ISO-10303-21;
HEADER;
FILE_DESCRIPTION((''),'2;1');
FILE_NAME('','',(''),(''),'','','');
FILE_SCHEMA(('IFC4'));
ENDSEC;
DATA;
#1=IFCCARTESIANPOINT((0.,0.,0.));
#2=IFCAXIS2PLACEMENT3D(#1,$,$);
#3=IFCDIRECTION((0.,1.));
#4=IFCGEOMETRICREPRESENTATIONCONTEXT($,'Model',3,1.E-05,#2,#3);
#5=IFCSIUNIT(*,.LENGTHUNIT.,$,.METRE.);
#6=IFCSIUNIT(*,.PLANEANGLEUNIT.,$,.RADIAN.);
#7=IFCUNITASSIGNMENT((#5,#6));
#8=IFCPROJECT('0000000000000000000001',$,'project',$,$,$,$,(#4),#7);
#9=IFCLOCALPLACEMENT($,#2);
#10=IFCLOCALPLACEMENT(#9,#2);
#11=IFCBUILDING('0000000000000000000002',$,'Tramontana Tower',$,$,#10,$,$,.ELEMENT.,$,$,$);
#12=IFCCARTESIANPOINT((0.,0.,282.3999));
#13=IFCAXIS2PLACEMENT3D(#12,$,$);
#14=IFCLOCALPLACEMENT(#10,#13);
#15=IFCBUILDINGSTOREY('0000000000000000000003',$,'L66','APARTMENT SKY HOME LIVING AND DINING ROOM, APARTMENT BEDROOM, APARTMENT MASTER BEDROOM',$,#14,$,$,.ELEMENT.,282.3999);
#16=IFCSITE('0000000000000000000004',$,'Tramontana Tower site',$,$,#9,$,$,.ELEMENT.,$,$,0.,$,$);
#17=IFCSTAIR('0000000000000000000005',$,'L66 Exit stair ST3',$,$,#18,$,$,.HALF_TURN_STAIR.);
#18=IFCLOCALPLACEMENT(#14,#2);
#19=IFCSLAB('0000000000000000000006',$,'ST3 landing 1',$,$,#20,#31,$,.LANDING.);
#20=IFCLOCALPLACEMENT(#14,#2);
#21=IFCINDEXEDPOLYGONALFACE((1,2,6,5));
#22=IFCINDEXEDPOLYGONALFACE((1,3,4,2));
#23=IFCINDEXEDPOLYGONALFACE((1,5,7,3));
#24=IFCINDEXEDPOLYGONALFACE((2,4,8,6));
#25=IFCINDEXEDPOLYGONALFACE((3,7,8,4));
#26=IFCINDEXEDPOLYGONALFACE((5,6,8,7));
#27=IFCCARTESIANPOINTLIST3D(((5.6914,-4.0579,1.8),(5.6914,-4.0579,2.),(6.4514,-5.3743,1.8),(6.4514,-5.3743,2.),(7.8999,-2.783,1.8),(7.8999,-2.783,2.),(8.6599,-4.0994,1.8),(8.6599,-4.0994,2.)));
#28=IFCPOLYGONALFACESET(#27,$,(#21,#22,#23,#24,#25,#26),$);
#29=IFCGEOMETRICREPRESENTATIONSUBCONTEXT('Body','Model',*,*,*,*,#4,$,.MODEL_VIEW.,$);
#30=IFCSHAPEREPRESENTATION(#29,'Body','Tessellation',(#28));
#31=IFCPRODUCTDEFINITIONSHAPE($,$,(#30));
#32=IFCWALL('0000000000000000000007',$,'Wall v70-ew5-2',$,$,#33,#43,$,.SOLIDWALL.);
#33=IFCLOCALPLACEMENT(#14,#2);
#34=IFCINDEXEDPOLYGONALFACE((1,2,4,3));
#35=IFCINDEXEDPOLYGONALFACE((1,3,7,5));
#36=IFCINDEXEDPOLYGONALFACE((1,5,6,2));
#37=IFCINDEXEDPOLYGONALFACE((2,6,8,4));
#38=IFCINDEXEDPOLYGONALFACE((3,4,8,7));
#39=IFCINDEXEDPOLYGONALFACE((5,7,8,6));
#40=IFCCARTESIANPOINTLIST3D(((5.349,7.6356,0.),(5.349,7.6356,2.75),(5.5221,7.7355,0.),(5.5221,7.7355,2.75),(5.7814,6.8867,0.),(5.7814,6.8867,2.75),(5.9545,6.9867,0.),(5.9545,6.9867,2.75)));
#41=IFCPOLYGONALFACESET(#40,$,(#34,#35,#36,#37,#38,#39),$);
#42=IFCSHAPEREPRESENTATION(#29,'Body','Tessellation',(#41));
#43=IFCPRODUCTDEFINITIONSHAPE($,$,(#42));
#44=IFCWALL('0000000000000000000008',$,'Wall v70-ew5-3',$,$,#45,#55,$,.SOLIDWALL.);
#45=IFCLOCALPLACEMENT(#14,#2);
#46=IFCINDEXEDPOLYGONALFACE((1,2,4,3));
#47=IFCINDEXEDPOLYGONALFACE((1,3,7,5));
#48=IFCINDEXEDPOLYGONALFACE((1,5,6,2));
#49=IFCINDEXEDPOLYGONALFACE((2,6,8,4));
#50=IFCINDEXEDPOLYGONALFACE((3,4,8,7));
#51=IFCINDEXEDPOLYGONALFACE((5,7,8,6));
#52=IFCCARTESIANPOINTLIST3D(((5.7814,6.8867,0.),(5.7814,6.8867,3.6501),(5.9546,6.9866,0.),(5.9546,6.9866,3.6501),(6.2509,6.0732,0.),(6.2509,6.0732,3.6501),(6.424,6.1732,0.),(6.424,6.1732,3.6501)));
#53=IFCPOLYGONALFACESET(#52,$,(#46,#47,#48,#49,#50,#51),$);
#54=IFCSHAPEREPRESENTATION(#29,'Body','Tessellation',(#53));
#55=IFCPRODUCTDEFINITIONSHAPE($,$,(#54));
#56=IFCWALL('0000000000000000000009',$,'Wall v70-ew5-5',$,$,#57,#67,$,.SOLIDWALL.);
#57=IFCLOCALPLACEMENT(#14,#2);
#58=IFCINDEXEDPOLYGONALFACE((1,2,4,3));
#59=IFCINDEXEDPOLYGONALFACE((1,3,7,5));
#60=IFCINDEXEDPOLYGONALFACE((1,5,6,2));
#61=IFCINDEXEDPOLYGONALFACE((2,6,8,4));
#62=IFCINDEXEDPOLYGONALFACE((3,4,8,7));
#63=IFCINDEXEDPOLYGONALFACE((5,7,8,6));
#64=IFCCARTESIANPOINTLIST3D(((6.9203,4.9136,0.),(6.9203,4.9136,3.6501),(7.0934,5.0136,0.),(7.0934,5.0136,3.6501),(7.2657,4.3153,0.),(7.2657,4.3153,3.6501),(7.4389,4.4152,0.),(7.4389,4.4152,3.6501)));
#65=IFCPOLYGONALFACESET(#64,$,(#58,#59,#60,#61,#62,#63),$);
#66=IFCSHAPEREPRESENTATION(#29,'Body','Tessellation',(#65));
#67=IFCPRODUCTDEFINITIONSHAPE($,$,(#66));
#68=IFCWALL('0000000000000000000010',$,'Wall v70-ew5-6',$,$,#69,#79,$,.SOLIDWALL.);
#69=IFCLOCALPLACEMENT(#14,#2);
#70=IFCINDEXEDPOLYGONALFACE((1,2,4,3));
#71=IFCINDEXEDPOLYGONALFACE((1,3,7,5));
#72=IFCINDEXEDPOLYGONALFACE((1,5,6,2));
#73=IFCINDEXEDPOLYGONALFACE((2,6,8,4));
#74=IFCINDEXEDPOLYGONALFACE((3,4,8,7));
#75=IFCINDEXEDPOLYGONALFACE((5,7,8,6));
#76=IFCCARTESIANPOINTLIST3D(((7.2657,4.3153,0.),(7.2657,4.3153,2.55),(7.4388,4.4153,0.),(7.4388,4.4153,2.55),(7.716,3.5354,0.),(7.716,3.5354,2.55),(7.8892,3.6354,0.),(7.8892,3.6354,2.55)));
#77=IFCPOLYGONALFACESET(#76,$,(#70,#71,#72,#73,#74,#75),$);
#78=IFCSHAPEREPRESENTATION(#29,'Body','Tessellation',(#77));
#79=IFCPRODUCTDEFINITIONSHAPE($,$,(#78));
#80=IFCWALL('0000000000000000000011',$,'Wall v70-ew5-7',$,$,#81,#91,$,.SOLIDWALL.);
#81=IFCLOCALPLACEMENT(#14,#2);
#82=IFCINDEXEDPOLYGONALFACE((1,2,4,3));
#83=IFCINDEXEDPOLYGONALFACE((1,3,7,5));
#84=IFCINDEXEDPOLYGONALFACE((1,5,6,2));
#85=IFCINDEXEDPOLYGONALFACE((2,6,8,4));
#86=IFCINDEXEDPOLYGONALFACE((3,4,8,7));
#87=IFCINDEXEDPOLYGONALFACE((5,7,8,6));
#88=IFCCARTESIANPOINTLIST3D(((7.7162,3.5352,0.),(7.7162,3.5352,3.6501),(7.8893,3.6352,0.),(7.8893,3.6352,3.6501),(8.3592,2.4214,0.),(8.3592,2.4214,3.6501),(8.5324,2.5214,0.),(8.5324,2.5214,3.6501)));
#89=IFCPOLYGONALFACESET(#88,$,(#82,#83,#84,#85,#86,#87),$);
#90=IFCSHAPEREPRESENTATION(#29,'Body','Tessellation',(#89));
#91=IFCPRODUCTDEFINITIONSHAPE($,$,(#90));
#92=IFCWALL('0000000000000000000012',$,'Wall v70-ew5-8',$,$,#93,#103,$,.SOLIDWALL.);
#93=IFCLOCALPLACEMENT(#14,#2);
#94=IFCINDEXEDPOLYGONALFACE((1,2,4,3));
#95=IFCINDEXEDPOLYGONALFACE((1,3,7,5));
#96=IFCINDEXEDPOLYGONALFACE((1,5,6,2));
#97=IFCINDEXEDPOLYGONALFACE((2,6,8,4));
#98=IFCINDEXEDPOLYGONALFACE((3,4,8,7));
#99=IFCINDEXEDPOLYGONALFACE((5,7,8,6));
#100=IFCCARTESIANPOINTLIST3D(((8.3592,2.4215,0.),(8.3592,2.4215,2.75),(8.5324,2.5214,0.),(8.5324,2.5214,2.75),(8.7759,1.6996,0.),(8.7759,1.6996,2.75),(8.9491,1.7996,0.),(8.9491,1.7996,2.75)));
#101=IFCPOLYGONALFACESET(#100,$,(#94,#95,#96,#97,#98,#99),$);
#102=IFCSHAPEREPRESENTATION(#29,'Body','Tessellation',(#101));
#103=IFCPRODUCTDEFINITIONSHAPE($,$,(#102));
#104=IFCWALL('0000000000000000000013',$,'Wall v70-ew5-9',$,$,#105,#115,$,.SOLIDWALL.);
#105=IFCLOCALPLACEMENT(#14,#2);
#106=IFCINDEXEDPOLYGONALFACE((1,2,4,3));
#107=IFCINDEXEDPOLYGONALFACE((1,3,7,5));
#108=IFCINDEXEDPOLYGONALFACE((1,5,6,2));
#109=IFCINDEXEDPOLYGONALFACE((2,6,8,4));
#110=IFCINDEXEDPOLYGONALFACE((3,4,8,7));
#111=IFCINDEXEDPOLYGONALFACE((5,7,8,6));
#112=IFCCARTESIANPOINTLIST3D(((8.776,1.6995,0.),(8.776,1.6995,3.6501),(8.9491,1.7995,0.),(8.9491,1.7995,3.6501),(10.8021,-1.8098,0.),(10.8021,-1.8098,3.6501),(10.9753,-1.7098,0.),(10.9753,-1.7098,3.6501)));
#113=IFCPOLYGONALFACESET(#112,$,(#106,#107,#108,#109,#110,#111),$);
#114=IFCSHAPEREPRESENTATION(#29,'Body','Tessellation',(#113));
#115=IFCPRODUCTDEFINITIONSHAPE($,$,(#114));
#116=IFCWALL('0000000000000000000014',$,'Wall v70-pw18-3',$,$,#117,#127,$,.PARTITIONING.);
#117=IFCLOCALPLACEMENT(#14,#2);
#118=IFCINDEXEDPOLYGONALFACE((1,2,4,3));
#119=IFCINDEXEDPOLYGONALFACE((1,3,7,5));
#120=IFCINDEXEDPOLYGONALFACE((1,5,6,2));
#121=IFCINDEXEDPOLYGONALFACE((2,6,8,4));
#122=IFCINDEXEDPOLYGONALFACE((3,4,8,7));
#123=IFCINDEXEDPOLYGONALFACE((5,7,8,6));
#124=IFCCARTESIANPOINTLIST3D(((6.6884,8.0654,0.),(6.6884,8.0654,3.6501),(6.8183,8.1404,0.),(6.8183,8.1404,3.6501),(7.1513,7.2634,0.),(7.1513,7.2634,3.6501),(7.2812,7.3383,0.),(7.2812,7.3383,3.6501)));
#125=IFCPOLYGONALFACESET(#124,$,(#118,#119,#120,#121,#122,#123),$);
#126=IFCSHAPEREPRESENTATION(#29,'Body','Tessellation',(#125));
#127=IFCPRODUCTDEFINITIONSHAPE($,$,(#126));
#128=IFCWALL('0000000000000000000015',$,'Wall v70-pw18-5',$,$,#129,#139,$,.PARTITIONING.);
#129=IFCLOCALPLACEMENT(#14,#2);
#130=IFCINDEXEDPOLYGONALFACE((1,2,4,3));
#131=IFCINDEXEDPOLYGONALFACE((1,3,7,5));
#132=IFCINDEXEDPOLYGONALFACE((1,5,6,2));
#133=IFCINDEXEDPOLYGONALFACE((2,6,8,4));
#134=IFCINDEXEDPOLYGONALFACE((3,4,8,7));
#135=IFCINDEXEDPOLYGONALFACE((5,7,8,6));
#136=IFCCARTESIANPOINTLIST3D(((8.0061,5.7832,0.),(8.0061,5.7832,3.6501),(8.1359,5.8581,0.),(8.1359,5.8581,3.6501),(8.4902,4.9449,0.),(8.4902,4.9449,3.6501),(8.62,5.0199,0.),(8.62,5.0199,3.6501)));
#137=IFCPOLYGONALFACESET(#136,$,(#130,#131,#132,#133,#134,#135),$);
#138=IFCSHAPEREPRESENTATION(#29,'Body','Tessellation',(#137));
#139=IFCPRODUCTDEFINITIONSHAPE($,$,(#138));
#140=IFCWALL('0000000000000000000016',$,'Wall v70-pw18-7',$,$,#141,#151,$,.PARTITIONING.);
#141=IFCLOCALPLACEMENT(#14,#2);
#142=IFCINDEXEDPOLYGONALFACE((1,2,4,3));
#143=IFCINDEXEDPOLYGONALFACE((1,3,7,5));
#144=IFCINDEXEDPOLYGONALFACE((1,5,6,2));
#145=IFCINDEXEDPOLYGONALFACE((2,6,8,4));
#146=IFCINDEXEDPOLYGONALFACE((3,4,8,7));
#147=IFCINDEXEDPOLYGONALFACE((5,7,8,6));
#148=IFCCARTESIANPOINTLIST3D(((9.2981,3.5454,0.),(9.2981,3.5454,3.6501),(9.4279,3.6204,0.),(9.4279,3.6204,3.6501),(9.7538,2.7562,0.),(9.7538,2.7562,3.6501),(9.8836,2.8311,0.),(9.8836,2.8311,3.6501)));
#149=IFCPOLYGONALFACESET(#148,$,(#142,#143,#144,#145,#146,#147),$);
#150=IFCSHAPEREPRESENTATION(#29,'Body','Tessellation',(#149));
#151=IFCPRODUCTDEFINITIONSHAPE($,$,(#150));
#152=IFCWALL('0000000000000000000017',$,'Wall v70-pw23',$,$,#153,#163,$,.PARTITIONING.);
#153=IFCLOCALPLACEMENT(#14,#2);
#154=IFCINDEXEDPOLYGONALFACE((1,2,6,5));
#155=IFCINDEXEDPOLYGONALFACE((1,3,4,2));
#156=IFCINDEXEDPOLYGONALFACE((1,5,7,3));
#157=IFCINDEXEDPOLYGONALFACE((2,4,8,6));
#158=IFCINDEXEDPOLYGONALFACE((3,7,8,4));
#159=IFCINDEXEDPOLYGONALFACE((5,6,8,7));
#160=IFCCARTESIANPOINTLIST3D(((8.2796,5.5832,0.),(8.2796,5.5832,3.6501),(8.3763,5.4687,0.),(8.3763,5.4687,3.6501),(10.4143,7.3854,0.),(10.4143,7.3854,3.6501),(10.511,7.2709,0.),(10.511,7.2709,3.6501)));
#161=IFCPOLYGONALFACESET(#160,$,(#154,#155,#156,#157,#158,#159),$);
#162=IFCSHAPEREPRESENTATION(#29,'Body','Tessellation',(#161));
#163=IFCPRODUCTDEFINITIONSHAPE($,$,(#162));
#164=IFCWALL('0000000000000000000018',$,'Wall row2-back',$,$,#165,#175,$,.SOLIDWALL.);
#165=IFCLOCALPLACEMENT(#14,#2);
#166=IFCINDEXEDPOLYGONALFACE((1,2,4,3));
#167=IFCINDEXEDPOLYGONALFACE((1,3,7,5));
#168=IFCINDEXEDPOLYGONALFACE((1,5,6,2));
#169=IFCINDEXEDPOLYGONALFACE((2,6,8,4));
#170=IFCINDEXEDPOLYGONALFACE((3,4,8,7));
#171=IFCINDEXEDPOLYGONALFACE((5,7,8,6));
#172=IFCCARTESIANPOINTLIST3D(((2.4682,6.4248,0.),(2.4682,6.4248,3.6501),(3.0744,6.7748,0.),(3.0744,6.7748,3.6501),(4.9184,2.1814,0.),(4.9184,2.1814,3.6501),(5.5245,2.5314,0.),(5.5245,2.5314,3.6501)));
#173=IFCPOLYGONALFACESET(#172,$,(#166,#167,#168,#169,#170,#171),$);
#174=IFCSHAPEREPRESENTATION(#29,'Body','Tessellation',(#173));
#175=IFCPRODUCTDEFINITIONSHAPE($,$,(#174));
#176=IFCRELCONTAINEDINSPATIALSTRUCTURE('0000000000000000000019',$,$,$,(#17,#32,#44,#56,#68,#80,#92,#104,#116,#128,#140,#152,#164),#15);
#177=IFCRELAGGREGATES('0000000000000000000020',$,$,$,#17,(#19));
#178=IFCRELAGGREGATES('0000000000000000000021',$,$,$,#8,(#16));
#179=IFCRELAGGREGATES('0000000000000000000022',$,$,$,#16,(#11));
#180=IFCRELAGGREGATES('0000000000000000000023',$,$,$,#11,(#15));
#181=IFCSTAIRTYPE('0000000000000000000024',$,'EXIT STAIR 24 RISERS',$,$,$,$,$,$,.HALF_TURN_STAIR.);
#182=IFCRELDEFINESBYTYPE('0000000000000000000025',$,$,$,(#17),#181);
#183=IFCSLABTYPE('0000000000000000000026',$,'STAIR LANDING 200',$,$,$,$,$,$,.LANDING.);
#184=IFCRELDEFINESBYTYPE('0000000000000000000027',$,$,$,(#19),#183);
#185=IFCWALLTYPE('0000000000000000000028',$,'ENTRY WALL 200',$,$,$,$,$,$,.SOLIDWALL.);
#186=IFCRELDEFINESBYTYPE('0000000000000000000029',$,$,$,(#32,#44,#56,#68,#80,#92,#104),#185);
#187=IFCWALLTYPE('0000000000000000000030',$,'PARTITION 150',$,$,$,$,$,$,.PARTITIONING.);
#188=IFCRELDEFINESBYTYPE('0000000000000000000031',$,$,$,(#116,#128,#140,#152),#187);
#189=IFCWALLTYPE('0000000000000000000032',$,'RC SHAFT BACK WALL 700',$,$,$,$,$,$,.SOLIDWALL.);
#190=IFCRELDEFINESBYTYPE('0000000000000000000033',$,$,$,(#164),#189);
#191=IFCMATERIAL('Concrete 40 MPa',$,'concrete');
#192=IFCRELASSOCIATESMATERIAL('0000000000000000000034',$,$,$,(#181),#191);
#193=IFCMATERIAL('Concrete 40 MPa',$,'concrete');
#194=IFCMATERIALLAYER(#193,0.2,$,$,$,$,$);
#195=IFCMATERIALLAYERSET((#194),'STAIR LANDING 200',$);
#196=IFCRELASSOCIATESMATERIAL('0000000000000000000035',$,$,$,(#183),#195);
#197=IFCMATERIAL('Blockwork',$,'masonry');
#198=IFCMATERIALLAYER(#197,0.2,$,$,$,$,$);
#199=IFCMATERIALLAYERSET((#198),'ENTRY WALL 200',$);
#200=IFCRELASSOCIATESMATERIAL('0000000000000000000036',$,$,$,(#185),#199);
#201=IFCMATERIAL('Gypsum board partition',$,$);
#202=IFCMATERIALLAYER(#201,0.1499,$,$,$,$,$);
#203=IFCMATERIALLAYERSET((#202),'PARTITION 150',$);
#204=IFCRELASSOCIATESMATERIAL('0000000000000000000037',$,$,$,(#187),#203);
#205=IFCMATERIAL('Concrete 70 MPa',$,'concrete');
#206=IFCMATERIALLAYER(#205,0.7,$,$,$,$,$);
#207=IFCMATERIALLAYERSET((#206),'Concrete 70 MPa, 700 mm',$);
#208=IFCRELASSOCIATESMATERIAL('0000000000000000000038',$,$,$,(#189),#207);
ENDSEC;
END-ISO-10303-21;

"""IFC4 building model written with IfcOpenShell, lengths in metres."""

from ifc_helpers import new_model, si_unit, direction, frame, frame_2d, origin, place, context, subcontext, project, spatial, polyline, rectangle, outline, extrude, material, layer, layer_set, type_object, element, aggregate, save


model = new_model("IFC4")

# Units and contexts
model_context = context("Model", 3, precision=1e-05, world=origin(), true_north=direction((0.0, 1.0)))
body_context = subcontext(model_context, "Body", "Model", "MODEL_VIEW")
ifc_project = project(units=[si_unit("LENGTHUNIT", "METRE"), si_unit("PLANEANGLEUNIT", "RADIAN")], contexts=[model_context])

# Site, building, storey
site_placement = place(None, origin())
site = spatial("IfcSite", under=ifc_project, at=site_placement, Name="Tramontana Tower site", CompositionType="ELEMENT", RefElevation=0.0)
building_placement = place(site_placement, origin())
building = spatial("IfcBuilding", under=site, at=building_placement, Name="Tramontana Tower", CompositionType="ELEMENT")
storey_placement = place(building_placement, frame((0.0, 0.0, 282.3999)))
storey = spatial("IfcBuildingStorey", under=building, at=storey_placement, Name="L66", Description="APARTMENT SKY HOME LIVING AND DINING ROOM, APARTMENT BEDROOM, APARTMENT MASTER BEDROOM", CompositionType="ELEMENT", Elevation=282.3999)

# Stair, slab
ifc_material_1 = material(Name="Concrete 40 MPa", Category="concrete")
stair_type = type_object("IfcStairType", Name="EXIT STAIR 24 RISERS", PredefinedType="HALF_TURN_STAIR", material=ifc_material_1)
stair_placement = place(storey_placement, origin())
stair = element("IfcStair", 1, at=stair_placement, inside=storey, type_object=stair_type, Name="L66 Exit stair ST3", PredefinedType="HALF_TURN_STAIR")
ifc_material_2 = material(Name="Concrete 40 MPa", Category="concrete")
ifc_layer_1 = layer(ifc_material_2, 0.2)
ifc_layer_set_1 = layer_set([ifc_layer_1], Name="STAIR LANDING 200")
slab_type = type_object("IfcSlabType", Name="STAIR LANDING 200", PredefinedType="LANDING", material=ifc_layer_set_1)
slab_placement = place(storey_placement, frame((0.0, 0.0, 1.8)))
slab = element("IfcSlab", 2, at=slab_placement, type_object=slab_type, Name="ST3 landing 1", PredefinedType="LANDING", context=body_context, shape_type="SweptSolid", body=[
    extrude(outline(polyline([(5.6914, -4.0579), (6.4514, -5.3743), (8.6599, -4.0994), (7.8999, -2.783), (5.6914, -4.0579)])), origin(), (0.0, 0.0, 1.0), 0.2),
])
aggregate(stair, [slab])

# Walls
ifc_material_3 = material(Name="Blockwork", Category="masonry")
ifc_layer_2 = layer(ifc_material_3, 0.2)
ifc_layer_set_2 = layer_set([ifc_layer_2], Name="ENTRY WALL 200")
wall_type_1 = type_object("IfcWallType", Name="ENTRY WALL 200", PredefinedType="SOLIDWALL", material=ifc_layer_set_2)
wall_1_placement = place(storey_placement, frame((5.4355, 7.6855, 0.0), z_axis=(0.0, 0.0, 1.0), x_axis=(0.500056, -0.865993, 0.0)))
element("IfcWall", 3, at=wall_1_placement, inside=storey, type_object=wall_type_1, Name="Wall v70-ew5-2", PredefinedType="SOLIDWALL", context=body_context, shape_type="SweptSolid", body=[
    extrude(rectangle(XDim=0.8647, YDim=0.2, at=frame_2d((0.4324, 0.0))), origin(), (0.0, 0.0, 1.0), 2.75),
])
wall_2_placement = place(storey_placement, frame((5.8679, 6.9368, 0.0), z_axis=(0.0, 0.0, 1.0), x_axis=(0.499857, -0.866108, 0.0)))
element("IfcWall", 4, at=wall_2_placement, inside=storey, type_object=wall_type_1, Name="Wall v70-ew5-3", PredefinedType="SOLIDWALL", context=body_context, shape_type="SweptSolid", body=[
    extrude(rectangle(XDim=0.9392, YDim=0.2, at=frame_2d((0.4697, 0.0))), origin(), (0.0, 0.0, 1.0), 3.6501),
])

# Walls
wall_3_placement = place(storey_placement, frame((7.0068, 4.9636, 0.0), z_axis=(0.0, 0.0, 1.0), x_axis=(0.499977, -0.866038, 0.0)))
element("IfcWall", 5, at=wall_3_placement, inside=storey, type_object=wall_type_1, Name="Wall v70-ew5-5", PredefinedType="SOLIDWALL", context=body_context, shape_type="SweptSolid", body=[
    extrude(rectangle(XDim=0.6909, YDim=0.2, at=frame_2d((0.3455, 0.0))), origin(), (0.0, 0.0, 1.0), 3.6501),
])
wall_4_placement = place(storey_placement, frame((7.3523, 4.3652, 0.0), z_axis=(0.0, 0.0, 1.0), x_axis=(0.500074, -0.865982, 0.0)))
element("IfcWall", 6, at=wall_4_placement, inside=storey, type_object=wall_type_1, Name="Wall v70-ew5-6", PredefinedType="SOLIDWALL", context=body_context, shape_type="SweptSolid", body=[
    extrude(rectangle(XDim=0.9006, YDim=0.2, at=frame_2d((0.4502, 0.0))), origin(), (0.0, 0.0, 1.0), 2.55),
])
wall_5_placement = place(storey_placement, frame((7.8027, 3.5852, 0.0), z_axis=(0.0, 0.0, 1.0), x_axis=(0.500018, -0.866015, 0.0)))
element("IfcWall", 7, at=wall_5_placement, inside=storey, type_object=wall_type_1, Name="Wall v70-ew5-7", PredefinedType="SOLIDWALL", context=body_context, shape_type="SweptSolid", body=[
    extrude(rectangle(XDim=1.2861, YDim=0.2, at=frame_2d((0.6431, 0.0))), origin(), (0.0, 0.0, 1.0), 3.6501),
])
wall_6_placement = place(storey_placement, frame((8.4458, 2.4714, 0.0), z_axis=(0.0, 0.0, 1.0), x_axis=(0.499951, -0.866054, 0.0)))
element("IfcWall", 8, at=wall_6_placement, inside=storey, type_object=wall_type_1, Name="Wall v70-ew5-8", PredefinedType="SOLIDWALL", context=body_context, shape_type="SweptSolid", body=[
    extrude(rectangle(XDim=0.8335, YDim=0.2, at=frame_2d((0.4167, 0.0))), origin(), (0.0, 0.0, 1.0), 2.75),
])
wall_7_placement = place(storey_placement, frame((8.8625, 1.7495, 0.0), z_axis=(0.0, 0.0, 1.0), x_axis=(0.500008, -0.866021, 0.0)))
element("IfcWall", 9, at=wall_7_placement, inside=storey, type_object=wall_type_1, Name="Wall v70-ew5-9", PredefinedType="SOLIDWALL", context=body_context, shape_type="SweptSolid", body=[
    extrude(rectangle(XDim=4.0522, YDim=0.2, at=frame_2d((2.0261, 0.0))), origin(), (0.0, 0.0, 1.0), 3.6501),
])
ifc_material_4 = material(Name="Gypsum board partition")
ifc_layer_3 = layer(ifc_material_4, 0.1499)
ifc_layer_set_3 = layer_set([ifc_layer_3], Name="PARTITION 150")
wall_type_2 = type_object("IfcWallType", Name="PARTITION 150", PredefinedType="PARTITIONING", material=ifc_layer_set_3)
wall_8_placement = place(storey_placement, frame((6.7534, 8.1028, 0.0), z_axis=(0.0, 0.0, 1.0), x_axis=(0.499882, -0.866093, 0.0)))
element("IfcWall", 10, at=wall_8_placement, inside=storey, type_object=wall_type_2, Name="Wall v70-pw18-3", PredefinedType="PARTITIONING", context=body_context, shape_type="SweptSolid", body=[
    extrude(rectangle(XDim=0.926, YDim=0.1499, at=frame_2d((0.4629, 0.0))), origin(), (0.0, 0.0, 1.0), 3.6501),
])

# Wall
wall_9_placement = place(storey_placement, frame((8.071, 5.8206, 0.0), z_axis=(0.0, 0.0, 1.0), x_axis=(0.500072, -0.865984, 0.0)))
element("IfcWall", 11, at=wall_9_placement, inside=storey, type_object=wall_type_2, Name="Wall v70-pw18-5", PredefinedType="PARTITIONING", context=body_context, shape_type="SweptSolid", body=[
    extrude(rectangle(XDim=0.968, YDim=0.1499, at=frame_2d((0.4839, 0.0))), origin(), (0.0, 0.0, 1.0), 3.6501),
])

# Walls
wall_10_placement = place(storey_placement, frame((9.363, 3.5828, 0.0), z_axis=(0.0, 0.0, 1.0), x_axis=(0.500086, -0.865976, 0.0)))
element("IfcWall", 12, at=wall_10_placement, inside=storey, type_object=wall_type_2, Name="Wall v70-pw18-7", PredefinedType="PARTITIONING", context=body_context, shape_type="SweptSolid", body=[
    extrude(rectangle(XDim=0.9114, YDim=0.1499, at=frame_2d((0.4556, 0.0))), origin(), (0.0, 0.0, 1.0), 3.6501),
])
wall_11_placement = place(storey_placement, frame((8.3279, 5.5259, 0.0), z_axis=(0.0, 0.0, 1.0), x_axis=(0.764108, 0.645088, 0.0)))
element("IfcWall", 13, at=wall_11_placement, inside=storey, type_object=wall_type_2, Name="Wall v70-pw23", PredefinedType="PARTITIONING", context=body_context, shape_type="SweptSolid", body=[
    extrude(rectangle(XDim=2.7937, YDim=0.1499, at=frame_2d((1.397, 0.0))), origin(), (0.0, 0.0, 1.0), 3.6501),
])
ifc_material_5 = material(Name="Concrete 70 MPa", Category="concrete")
ifc_layer_4 = layer(ifc_material_5, 0.7)
ifc_layer_set_4 = layer_set([ifc_layer_4], Name="Concrete 70 MPa, 700 mm")
wall_type_3 = type_object("IfcWallType", Name="RC SHAFT BACK WALL 700", PredefinedType="SOLIDWALL", material=ifc_layer_set_4)
wall_12_placement = place(storey_placement, frame((5.2214, 2.3564, 0.0), z_axis=(0.0, 0.0, 1.0), x_axis=(-0.50004, 0.866002, 0.0)))
element("IfcWall", 14, at=wall_12_placement, inside=storey, type_object=wall_type_3, Name="Wall row2-back", PredefinedType="SOLIDWALL", context=body_context, shape_type="SweptSolid", body=[
    extrude(rectangle(XDim=4.8999, YDim=0.7, at=frame_2d((2.45, 0.0))), origin(), (0.0, 0.0, 1.0), 3.6501),
])

save(model, "model.ifc")
